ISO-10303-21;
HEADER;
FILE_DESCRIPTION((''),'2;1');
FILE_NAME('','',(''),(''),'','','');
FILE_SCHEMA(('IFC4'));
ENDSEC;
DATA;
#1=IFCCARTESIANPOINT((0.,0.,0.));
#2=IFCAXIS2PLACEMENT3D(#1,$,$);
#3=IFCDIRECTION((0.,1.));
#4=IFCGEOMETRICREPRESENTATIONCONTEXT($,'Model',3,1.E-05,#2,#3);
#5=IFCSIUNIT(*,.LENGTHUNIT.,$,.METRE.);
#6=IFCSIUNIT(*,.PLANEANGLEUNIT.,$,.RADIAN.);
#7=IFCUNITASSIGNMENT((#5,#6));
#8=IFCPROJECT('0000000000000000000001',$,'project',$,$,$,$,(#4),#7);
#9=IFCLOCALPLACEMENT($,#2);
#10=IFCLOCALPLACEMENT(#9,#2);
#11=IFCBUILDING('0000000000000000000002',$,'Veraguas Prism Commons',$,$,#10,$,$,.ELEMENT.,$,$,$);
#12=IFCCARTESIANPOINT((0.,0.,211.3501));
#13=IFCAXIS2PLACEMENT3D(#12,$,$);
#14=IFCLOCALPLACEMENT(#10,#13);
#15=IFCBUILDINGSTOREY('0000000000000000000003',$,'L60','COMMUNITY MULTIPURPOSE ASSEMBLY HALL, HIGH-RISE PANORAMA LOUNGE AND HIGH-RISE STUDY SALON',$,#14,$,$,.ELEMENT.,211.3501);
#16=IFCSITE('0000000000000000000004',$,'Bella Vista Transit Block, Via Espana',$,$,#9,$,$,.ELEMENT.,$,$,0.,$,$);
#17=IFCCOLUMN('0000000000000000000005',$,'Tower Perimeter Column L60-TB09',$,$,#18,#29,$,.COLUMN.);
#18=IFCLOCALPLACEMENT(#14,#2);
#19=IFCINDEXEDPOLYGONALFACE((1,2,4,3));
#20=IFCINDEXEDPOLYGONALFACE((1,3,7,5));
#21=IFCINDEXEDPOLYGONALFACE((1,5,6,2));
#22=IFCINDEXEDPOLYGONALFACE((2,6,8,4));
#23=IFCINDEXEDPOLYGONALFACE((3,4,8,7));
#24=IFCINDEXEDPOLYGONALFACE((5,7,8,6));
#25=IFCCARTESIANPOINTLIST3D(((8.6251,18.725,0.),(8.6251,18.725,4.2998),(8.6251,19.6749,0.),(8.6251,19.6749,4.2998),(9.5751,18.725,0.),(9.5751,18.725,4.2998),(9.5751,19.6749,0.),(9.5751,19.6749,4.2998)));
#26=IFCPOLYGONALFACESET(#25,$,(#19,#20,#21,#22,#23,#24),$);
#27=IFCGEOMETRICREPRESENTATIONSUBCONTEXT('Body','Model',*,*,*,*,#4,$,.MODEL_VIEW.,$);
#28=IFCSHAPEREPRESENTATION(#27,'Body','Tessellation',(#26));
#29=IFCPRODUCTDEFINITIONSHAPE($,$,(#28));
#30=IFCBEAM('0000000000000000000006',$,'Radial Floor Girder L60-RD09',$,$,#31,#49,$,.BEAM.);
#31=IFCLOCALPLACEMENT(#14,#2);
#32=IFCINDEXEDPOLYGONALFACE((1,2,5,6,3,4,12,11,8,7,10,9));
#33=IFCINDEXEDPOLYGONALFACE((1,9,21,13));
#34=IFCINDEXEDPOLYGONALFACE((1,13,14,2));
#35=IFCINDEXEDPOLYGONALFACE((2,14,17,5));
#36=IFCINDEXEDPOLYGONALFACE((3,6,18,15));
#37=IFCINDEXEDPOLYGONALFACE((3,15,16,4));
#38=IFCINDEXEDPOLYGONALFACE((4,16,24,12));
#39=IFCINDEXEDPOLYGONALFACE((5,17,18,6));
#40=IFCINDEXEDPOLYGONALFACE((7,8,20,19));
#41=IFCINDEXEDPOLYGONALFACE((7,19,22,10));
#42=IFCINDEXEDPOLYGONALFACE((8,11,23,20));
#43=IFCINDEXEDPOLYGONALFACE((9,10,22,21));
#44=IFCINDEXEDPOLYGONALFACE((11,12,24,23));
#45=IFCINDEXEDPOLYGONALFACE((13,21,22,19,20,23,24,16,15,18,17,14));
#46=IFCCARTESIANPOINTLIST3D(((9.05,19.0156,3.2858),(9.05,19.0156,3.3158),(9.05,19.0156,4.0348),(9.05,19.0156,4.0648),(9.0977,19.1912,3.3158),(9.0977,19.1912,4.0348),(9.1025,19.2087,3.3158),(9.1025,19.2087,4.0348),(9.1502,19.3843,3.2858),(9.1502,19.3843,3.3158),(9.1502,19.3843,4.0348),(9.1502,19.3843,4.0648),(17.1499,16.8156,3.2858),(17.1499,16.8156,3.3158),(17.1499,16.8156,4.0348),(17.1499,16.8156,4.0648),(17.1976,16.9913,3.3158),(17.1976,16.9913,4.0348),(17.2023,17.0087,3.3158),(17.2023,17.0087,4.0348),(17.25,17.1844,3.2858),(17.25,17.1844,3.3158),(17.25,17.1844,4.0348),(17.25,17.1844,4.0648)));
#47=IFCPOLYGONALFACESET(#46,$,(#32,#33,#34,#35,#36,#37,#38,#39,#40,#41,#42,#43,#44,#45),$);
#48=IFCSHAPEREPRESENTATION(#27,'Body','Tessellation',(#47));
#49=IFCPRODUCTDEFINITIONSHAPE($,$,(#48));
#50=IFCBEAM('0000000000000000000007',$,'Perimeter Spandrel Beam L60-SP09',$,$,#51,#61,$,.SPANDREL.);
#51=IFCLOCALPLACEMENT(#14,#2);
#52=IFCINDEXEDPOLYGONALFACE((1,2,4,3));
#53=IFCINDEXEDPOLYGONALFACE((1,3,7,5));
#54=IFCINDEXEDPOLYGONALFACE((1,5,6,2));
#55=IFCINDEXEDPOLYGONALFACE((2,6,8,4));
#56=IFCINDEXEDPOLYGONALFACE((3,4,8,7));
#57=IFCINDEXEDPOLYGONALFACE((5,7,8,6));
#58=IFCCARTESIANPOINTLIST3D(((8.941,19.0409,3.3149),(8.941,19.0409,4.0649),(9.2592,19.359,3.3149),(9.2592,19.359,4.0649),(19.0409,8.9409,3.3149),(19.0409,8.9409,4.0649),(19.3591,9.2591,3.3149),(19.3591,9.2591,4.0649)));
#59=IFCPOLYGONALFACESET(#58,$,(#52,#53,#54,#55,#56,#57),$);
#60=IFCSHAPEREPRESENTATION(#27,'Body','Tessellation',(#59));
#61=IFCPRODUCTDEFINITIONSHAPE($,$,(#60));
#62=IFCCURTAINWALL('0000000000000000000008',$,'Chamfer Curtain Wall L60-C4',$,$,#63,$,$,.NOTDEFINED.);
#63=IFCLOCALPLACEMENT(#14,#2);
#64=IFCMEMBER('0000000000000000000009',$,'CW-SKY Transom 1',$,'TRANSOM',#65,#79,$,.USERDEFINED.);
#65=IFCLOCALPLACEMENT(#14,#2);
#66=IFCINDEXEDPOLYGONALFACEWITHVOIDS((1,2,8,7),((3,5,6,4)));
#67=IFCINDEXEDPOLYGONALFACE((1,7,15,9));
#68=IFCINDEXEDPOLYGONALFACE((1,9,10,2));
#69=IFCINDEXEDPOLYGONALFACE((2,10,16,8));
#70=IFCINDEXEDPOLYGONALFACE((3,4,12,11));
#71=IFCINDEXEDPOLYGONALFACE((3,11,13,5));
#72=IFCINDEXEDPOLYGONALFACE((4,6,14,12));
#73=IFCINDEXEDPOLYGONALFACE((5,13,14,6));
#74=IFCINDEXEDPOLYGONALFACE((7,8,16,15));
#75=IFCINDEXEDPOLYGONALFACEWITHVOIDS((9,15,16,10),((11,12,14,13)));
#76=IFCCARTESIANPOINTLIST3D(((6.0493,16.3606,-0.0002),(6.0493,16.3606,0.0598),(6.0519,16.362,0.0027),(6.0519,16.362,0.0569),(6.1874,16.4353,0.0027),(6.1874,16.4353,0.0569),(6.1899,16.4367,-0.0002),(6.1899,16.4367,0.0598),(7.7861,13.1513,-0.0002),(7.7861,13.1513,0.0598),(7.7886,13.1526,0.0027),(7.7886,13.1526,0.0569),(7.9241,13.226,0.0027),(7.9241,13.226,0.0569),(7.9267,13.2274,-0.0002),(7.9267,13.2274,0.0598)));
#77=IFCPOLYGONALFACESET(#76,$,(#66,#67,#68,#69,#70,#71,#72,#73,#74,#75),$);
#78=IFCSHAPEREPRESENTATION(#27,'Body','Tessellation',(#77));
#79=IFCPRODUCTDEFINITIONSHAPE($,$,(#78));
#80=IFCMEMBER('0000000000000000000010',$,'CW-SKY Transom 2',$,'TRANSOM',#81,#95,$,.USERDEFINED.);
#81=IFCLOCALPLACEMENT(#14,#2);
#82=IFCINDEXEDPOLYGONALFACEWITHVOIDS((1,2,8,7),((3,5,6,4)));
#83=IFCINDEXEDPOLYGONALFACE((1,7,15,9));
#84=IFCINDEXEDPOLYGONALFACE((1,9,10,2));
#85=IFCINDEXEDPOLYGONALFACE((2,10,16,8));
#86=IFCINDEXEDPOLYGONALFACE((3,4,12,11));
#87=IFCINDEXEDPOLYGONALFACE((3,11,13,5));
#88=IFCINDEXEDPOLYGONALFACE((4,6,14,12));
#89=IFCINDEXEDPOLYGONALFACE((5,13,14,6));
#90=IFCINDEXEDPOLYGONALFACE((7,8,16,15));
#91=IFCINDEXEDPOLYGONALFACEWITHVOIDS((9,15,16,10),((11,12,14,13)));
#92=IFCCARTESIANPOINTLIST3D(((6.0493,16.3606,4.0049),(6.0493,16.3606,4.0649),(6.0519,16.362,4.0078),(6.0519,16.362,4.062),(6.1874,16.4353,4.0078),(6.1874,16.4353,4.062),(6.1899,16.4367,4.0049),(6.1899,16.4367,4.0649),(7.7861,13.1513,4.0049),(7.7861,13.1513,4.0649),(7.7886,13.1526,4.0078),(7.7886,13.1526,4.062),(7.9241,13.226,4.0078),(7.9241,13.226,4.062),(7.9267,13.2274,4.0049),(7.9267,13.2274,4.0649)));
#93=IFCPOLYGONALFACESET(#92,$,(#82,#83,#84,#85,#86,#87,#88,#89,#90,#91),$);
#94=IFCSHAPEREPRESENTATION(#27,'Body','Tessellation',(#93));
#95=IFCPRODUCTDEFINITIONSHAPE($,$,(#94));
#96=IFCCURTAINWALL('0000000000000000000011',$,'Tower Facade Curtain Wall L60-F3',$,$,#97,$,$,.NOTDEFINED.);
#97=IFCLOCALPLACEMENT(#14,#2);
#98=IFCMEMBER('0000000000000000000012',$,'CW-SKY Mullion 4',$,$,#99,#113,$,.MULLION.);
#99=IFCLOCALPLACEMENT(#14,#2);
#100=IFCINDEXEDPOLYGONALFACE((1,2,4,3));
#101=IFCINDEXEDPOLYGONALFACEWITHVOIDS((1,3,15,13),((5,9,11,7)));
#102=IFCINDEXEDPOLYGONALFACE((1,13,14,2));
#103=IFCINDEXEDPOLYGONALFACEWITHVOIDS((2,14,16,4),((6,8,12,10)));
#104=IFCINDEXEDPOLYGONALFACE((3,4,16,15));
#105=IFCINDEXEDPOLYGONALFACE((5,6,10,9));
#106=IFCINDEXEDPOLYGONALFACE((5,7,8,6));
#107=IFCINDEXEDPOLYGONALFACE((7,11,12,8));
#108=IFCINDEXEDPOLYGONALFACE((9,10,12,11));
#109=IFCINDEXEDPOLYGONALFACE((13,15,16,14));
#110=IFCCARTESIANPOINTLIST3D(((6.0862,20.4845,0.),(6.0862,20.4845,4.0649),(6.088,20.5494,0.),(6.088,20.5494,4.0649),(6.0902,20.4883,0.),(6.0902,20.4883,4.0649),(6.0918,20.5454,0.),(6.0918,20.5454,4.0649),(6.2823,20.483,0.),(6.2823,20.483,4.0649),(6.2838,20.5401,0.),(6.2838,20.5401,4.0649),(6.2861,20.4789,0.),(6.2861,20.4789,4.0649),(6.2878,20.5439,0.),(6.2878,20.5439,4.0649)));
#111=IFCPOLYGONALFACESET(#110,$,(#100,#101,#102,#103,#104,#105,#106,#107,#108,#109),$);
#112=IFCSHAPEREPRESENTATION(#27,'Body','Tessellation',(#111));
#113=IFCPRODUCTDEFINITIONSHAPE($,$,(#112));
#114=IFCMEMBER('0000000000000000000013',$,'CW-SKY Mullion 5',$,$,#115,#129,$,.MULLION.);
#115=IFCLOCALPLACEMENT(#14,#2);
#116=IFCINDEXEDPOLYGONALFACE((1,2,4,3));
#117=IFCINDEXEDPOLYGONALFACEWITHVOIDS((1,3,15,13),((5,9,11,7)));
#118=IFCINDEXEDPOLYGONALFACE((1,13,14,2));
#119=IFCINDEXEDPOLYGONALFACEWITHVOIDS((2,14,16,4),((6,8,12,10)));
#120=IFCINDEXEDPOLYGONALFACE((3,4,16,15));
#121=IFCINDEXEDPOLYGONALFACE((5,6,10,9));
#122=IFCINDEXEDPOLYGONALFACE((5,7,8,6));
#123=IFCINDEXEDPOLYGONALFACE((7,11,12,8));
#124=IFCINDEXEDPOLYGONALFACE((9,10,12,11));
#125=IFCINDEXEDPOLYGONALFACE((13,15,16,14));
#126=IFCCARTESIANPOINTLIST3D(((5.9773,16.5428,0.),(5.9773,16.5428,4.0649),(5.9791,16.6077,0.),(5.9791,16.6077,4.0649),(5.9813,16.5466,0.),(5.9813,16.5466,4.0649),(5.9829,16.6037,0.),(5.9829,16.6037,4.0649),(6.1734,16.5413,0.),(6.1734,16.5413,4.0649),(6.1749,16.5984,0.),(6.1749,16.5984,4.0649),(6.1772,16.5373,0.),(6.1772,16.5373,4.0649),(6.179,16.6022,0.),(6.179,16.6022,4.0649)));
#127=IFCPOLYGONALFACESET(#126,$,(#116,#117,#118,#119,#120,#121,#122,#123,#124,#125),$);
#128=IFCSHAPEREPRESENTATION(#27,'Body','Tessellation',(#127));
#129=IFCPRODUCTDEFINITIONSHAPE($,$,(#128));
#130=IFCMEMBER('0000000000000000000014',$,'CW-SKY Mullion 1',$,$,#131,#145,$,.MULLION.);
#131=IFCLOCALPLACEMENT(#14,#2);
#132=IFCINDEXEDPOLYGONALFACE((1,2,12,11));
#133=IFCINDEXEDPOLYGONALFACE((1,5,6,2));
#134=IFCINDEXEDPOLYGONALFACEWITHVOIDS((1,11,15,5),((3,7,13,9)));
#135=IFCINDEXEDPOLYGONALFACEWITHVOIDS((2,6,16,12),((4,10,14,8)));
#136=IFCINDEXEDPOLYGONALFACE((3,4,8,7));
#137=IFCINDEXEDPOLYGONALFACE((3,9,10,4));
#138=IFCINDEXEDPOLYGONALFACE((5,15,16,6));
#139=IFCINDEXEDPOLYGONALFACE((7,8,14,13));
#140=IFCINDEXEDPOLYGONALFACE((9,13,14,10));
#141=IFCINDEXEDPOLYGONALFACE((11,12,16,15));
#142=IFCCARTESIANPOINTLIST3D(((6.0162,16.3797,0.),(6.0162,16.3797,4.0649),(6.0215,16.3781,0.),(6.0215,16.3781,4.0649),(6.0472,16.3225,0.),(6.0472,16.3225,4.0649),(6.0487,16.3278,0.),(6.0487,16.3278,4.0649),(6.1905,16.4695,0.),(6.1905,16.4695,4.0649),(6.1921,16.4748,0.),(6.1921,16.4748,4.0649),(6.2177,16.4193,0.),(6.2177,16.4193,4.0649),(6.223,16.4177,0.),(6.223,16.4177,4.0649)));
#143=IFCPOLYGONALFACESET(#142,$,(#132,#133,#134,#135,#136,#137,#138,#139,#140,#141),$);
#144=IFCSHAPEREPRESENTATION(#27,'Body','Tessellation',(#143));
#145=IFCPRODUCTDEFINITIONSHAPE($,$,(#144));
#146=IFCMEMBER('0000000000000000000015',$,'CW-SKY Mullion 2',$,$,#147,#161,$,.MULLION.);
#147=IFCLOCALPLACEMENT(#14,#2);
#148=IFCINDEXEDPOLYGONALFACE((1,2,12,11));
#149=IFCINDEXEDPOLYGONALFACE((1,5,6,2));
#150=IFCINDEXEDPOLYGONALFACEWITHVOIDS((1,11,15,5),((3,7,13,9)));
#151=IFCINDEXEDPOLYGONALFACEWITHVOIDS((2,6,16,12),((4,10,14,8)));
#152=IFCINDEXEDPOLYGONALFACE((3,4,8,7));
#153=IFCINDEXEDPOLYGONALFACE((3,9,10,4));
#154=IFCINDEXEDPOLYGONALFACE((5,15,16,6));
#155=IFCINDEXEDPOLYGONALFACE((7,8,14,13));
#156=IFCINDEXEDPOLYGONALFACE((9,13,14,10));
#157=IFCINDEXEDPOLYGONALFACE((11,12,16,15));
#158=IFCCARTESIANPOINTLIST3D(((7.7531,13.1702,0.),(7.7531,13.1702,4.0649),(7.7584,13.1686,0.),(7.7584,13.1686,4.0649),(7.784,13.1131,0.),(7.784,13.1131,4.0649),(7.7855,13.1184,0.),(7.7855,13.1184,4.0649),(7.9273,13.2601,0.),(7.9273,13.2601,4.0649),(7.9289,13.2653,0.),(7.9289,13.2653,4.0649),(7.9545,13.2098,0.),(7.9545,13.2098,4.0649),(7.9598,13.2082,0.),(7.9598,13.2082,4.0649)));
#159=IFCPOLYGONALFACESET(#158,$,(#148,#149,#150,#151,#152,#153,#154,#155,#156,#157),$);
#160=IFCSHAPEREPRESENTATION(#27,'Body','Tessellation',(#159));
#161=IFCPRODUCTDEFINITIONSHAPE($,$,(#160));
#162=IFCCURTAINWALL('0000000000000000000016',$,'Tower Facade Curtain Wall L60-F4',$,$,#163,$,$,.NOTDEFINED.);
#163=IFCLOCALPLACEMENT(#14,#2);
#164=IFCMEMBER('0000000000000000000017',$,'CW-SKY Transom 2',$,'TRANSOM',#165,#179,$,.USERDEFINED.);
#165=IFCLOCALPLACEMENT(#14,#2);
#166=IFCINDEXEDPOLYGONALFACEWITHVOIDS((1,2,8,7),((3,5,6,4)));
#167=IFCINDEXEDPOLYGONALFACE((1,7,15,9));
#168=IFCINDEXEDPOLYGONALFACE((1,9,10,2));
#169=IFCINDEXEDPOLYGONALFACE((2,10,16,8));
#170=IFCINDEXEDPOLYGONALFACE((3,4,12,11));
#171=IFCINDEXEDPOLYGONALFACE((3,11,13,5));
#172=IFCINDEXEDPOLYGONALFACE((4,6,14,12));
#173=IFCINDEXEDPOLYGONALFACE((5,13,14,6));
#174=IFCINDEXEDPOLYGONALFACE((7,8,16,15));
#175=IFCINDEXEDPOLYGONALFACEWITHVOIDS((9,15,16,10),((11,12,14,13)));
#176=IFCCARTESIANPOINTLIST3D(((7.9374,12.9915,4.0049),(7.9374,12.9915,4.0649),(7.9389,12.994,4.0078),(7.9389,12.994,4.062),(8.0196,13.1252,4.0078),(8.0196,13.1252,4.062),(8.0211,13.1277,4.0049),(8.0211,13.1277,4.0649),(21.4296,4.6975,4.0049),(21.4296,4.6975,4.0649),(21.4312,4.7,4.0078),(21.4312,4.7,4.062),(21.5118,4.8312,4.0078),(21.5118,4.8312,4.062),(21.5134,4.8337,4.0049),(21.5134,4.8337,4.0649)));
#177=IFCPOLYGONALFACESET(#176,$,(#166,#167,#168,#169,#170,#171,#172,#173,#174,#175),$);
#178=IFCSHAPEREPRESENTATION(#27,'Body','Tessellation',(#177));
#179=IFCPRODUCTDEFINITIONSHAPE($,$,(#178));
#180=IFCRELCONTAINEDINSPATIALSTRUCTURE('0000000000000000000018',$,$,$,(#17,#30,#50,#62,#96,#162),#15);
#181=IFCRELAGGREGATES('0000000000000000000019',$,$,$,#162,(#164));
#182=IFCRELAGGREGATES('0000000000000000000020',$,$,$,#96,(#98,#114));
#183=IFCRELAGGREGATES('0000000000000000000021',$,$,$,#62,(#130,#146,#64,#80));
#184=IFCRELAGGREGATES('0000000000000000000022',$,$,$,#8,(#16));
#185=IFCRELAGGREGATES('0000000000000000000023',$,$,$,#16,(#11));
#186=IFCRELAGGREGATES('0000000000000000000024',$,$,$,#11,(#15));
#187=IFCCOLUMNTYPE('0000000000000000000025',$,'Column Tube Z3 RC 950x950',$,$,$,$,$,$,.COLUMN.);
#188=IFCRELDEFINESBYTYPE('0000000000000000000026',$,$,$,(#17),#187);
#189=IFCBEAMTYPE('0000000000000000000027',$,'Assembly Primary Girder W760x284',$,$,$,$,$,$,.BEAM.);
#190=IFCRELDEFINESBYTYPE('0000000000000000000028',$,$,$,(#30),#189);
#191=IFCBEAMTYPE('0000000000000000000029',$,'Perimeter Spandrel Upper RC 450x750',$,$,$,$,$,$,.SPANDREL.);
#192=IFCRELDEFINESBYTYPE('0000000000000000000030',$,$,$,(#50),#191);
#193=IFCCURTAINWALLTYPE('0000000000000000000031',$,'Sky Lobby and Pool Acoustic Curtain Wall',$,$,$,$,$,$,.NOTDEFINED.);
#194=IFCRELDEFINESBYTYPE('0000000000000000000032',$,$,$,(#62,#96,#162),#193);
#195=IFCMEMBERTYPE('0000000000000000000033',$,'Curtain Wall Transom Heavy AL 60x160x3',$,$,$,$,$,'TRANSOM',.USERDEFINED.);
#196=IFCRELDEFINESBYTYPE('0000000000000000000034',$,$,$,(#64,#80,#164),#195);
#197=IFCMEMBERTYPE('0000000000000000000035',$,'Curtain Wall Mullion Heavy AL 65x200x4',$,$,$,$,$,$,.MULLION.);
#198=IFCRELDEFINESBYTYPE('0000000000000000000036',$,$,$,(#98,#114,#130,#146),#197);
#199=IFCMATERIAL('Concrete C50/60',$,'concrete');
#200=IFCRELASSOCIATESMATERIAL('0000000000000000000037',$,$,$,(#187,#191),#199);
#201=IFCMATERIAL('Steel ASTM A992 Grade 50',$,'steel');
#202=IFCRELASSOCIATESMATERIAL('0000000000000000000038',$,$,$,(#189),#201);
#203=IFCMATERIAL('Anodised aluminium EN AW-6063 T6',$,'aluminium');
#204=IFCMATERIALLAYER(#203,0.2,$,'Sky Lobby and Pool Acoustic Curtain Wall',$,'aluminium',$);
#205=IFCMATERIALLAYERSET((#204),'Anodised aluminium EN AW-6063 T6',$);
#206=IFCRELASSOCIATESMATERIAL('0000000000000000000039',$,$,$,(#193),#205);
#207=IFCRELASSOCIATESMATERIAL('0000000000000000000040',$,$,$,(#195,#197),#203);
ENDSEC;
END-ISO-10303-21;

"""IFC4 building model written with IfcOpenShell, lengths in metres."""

from ifc_helpers import new_model, si_unit, direction, frame, origin, origin_2d, place, context, subcontext, project, spatial, rectangle, hollow_rectangle, i_section, extrude, source, transform, mapped, material, layer, layer_set, material_profile, profile_set, type_object, element, aggregate, save


model = new_model("IFC4")

# Units and contexts
model_context = context("Model", 3, precision=1e-05, world=origin(), true_north=direction((0.0, 1.0)))
body_context = subcontext(model_context, "Body", "Model", "MODEL_VIEW")
ifc_project = project(units=[si_unit("LENGTHUNIT", "METRE"), si_unit("PLANEANGLEUNIT", "RADIAN")], contexts=[model_context])

# Site, building, storey
site_placement = place(None, origin())
site = spatial("IfcSite", under=ifc_project, at=site_placement, Name="Bella Vista Transit Block, Via Espana", CompositionType="ELEMENT", RefElevation=0.0)
building_placement = place(site_placement, origin())
building = spatial("IfcBuilding", under=site, at=building_placement, Name="Veraguas Prism Commons", CompositionType="ELEMENT")
storey_placement = place(building_placement, frame((0.0, 0.0, 211.3501)))
storey = spatial("IfcBuildingStorey", under=building, at=storey_placement, Name="L60", Description="COMMUNITY MULTIPURPOSE ASSEMBLY HALL, HIGH-RISE PANORAMA LOUNGE AND HIGH-RISE STUDY SALON", CompositionType="ELEMENT", Elevation=211.3501)

# Column
ifc_material_1 = material(Name="Concrete C50/60", Category="concrete")
ifc_material_profile_1 = material_profile(ifc_material_1, rectangle(XDim=0.95, YDim=0.95, at=origin_2d()), Name="RC950X950")
ifc_profile_set_1 = profile_set([ifc_material_profile_1], Name="Concrete C50/60")
column_type = type_object("IfcColumnType", Name="Column Tube Z3 RC 950x950", PredefinedType="COLUMN", material=ifc_profile_set_1)
column_placement = place(storey_placement, frame((9.1001, 19.2, 0.0), z_axis=(0.0, 0.0, 1.0), x_axis=(1.0, 0.0, 0.0)))
element("IfcColumn", 1, at=column_placement, inside=storey, type_object=column_type, Name="Tower Perimeter Column L60-TB09", PredefinedType="COLUMN", context=body_context, shape_type="SweptSolid", body=[
    extrude(rectangle(XDim=0.95, YDim=0.95, at=origin_2d()), origin(), (0.0, 0.0, 1.0), 4.2998),
])

# Beams
ifc_material_2 = material(Name="Steel ASTM A992 Grade 50", Category="steel")
ifc_material_profile_2 = material_profile(ifc_material_2, i_section(OverallWidth=0.3821, OverallDepth=0.7791, WebThickness=0.0181, FlangeThickness=0.03, at=origin_2d()), Name="W760X284")
ifc_profile_set_2 = profile_set([ifc_material_profile_2], Name="Steel ASTM A992 Grade 50")
beam_type_1 = type_object("IfcBeamType", Name="Assembly Primary Girder W760x284", PredefinedType="BEAM", material=ifc_profile_set_2)
beam_1_placement = place(storey_placement, frame((9.1001, 19.2, 3.6753), z_axis=(0.965039, -0.262108, 0.0), x_axis=(0.262108, 0.965039, 0.0)))
element("IfcBeam", 2, at=beam_1_placement, inside=storey, type_object=beam_type_1, Name="Radial Floor Girder L60-RD09", PredefinedType="BEAM", context=body_context, shape_type="SweptSolid", body=[
    extrude(i_section(OverallWidth=0.3821, OverallDepth=0.7791, WebThickness=0.0181, FlangeThickness=0.03, at=origin_2d()), origin(), (0.0, 0.0, 1.0), 8.3933),
])
ifc_material_profile_3 = material_profile(ifc_material_1, rectangle(XDim=0.45, YDim=0.75, at=origin_2d()), Name="RC450X750")
ifc_profile_set_3 = profile_set([ifc_material_profile_3], Name="Concrete C50/60")
beam_type_2 = type_object("IfcBeamType", Name="Perimeter Spandrel Upper RC 450x750", PredefinedType="SPANDREL", material=ifc_profile_set_3)
beam_2_placement = place(storey_placement, frame((9.1001, 19.2, 3.6899), z_axis=(0.707107, -0.707107, 0.0), x_axis=(0.707107, 0.707107, 0.0)))
element("IfcBeam", 3, at=beam_2_placement, inside=storey, type_object=beam_type_2, Name="Perimeter Spandrel Beam L60-SP09", PredefinedType="SPANDREL", context=body_context, shape_type="SweptSolid", body=[
    extrude(rectangle(XDim=0.45, YDim=0.75, at=origin_2d()), origin(), (0.0, 0.0, 1.0), 14.2834),
])

# Curtain walls, members
ifc_material_3 = material(Name="Anodised aluminium EN AW-6063 T6", Category="aluminium")
ifc_layer_1 = layer(ifc_material_3, 0.2, Name="Sky Lobby and Pool Acoustic Curtain Wall", Category="aluminium")
ifc_layer_set_1 = layer_set([ifc_layer_1], Name="Anodised aluminium EN AW-6063 T6")
curtain_wall_type = type_object("IfcCurtainWallType", Name="Sky Lobby and Pool Acoustic Curtain Wall", PredefinedType="NOTDEFINED", material=ifc_layer_set_1)
curtain_wall_1_placement = place(storey_placement, origin())
curtain_wall_1 = element("IfcCurtainWall", 4, at=curtain_wall_1_placement, inside=storey, type_object=curtain_wall_type, Name="Chamfer Curtain Wall L60-C4", PredefinedType="NOTDEFINED")
ifc_material_profile_4 = material_profile(ifc_material_3, hollow_rectangle(XDim=0.0601, YDim=0.1599, WallThickness=0.0029, at=origin_2d()), Name="AL60X160X3")
ifc_profile_set_4 = profile_set([ifc_material_profile_4], Name="Anodised aluminium EN AW-6063 T6")
member_type_1 = type_object("IfcMemberType", Name="Curtain Wall Transom Heavy AL 60x160x3", ElementType="TRANSOM", PredefinedType="USERDEFINED", material=ifc_profile_set_4)
shared_shape_1 = source(origin(), body_context, "Body", "SweptSolid", [
    extrude(hollow_rectangle(XDim=0.0601, YDim=0.1599, WallThickness=0.0029, at=origin_2d()), origin(), (0.0, 0.0, 1.0), 3.6492),
])
member_1_placement = place(storey_placement, frame((6.1196, 16.3987, 0.0298), z_axis=(0.475934, -0.879481, 0.0), x_axis=(0.0, 0.0, 1.0)))
member_1 = element("IfcMember", 5, at=member_1_placement, type_object=member_type_1, Name="CW-SKY Transom 1", ObjectType="TRANSOM", PredefinedType="USERDEFINED", context=body_context, shape_type="MappedRepresentation", body=[
    mapped(shared_shape_1, transform((0.0, 0.0, 0.0), scale=1.0)),
])
member_2_placement = place(storey_placement, frame((6.1196, 16.3987, 4.0349), z_axis=(0.475934, -0.879481, 0.0), x_axis=(0.0, 0.0, 1.0)))
member_2 = element("IfcMember", 6, at=member_2_placement, type_object=member_type_1, Name="CW-SKY Transom 2", ObjectType="TRANSOM", PredefinedType="USERDEFINED", context=body_context, shape_type="MappedRepresentation", body=[
    mapped(shared_shape_1, transform((0.0, 0.0, 0.0), scale=1.0)),
])
curtain_wall_2_placement = place(storey_placement, origin())
curtain_wall_2 = element("IfcCurtainWall", 7, at=curtain_wall_2_placement, inside=storey, type_object=curtain_wall_type, Name="Tower Facade Curtain Wall L60-F3", PredefinedType="NOTDEFINED")
ifc_material_profile_5 = material_profile(ifc_material_3, hollow_rectangle(XDim=0.0649, YDim=0.2, WallThickness=0.0039, at=origin_2d()), Name="AL65X200X4")
ifc_profile_set_5 = profile_set([ifc_material_profile_5], Name="Anodised aluminium EN AW-6063 T6")
member_type_2 = type_object("IfcMemberType", Name="Curtain Wall Mullion Heavy AL 65x200x4", PredefinedType="MULLION", material=ifc_profile_set_5)
shared_shape_2 = source(origin(), body_context, "Body", "SweptSolid", [
    extrude(hollow_rectangle(XDim=0.0649, YDim=0.2, WallThickness=0.0039, at=origin_2d()), origin(), (0.0, 0.0, 1.0), 4.0649),
])
member_3_placement = place(storey_placement, frame((6.187, 20.5142, 0.0), z_axis=(0.0, 0.0, 1.0), x_axis=(-0.027567, -0.99962, 0.0)))
member_3 = element("IfcMember", 8, at=member_3_placement, type_object=member_type_2, Name="CW-SKY Mullion 4", PredefinedType="MULLION", context=body_context, shape_type="MappedRepresentation", body=[
    mapped(shared_shape_2, transform((0.0, 0.0, 0.0), scale=1.0)),
])
member_4_placement = place(storey_placement, frame((6.0781, 16.5725, 0.0), z_axis=(0.0, 0.0, 1.0), x_axis=(-0.027567, -0.99962, 0.0)))
member_4 = element("IfcMember", 9, at=member_4_placement, type_object=member_type_2, Name="CW-SKY Mullion 5", PredefinedType="MULLION", context=body_context, shape_type="MappedRepresentation", body=[
    mapped(shared_shape_2, transform((0.0, 0.0, 0.0), scale=1.0)),
])

# Members
member_5_placement = place(storey_placement, frame((6.1196, 16.3987, 0.0), z_axis=(0.0, 0.0, 1.0), x_axis=(0.475928, -0.879484, 0.0)))
member_5 = element("IfcMember", 10, at=member_5_placement, type_object=member_type_2, Name="CW-SKY Mullion 1", PredefinedType="MULLION", context=body_context, shape_type="MappedRepresentation", body=[
    mapped(shared_shape_2, transform((0.0, 0.0, 0.0), scale=1.0)),
])
member_6_placement = place(storey_placement, frame((7.8564, 13.1892, 0.0), z_axis=(0.0, 0.0, 1.0), x_axis=(0.475928, -0.879484, 0.0)))
member_6 = element("IfcMember", 11, at=member_6_placement, type_object=member_type_2, Name="CW-SKY Mullion 2", PredefinedType="MULLION", context=body_context, shape_type="MappedRepresentation", body=[
    mapped(shared_shape_2, transform((0.0, 0.0, 0.0), scale=1.0)),
])

# Curtain wall, member
curtain_wall_3_placement = place(storey_placement, origin())
curtain_wall_3 = element("IfcCurtainWall", 12, at=curtain_wall_3_placement, inside=storey, type_object=curtain_wall_type, Name="Tower Facade Curtain Wall L60-F4", PredefinedType="NOTDEFINED")
shared_shape_3 = source(origin(), body_context, "Body", "SweptSolid", [
    extrude(hollow_rectangle(XDim=0.0601, YDim=0.1599, WallThickness=0.0029, at=origin_2d()), origin(), (0.0, 0.0, 1.0), 15.8376),
])
member_7_placement = place(storey_placement, frame((7.9792, 13.0596, 4.0349), z_axis=(0.85191, -0.523688, 0.0), x_axis=(0.0, 0.0, 1.0)))
member_7 = element("IfcMember", 13, at=member_7_placement, type_object=member_type_1, Name="CW-SKY Transom 2", ObjectType="TRANSOM", PredefinedType="USERDEFINED", context=body_context, shape_type="MappedRepresentation", body=[
    mapped(shared_shape_3, transform((0.0, 0.0, 0.0), scale=1.0)),
])
aggregate(curtain_wall_3, [member_7])

aggregate(curtain_wall_2, [member_3, member_4])
aggregate(curtain_wall_1, [member_5, member_6, member_1, member_2])

save(model, "model.ifc")
